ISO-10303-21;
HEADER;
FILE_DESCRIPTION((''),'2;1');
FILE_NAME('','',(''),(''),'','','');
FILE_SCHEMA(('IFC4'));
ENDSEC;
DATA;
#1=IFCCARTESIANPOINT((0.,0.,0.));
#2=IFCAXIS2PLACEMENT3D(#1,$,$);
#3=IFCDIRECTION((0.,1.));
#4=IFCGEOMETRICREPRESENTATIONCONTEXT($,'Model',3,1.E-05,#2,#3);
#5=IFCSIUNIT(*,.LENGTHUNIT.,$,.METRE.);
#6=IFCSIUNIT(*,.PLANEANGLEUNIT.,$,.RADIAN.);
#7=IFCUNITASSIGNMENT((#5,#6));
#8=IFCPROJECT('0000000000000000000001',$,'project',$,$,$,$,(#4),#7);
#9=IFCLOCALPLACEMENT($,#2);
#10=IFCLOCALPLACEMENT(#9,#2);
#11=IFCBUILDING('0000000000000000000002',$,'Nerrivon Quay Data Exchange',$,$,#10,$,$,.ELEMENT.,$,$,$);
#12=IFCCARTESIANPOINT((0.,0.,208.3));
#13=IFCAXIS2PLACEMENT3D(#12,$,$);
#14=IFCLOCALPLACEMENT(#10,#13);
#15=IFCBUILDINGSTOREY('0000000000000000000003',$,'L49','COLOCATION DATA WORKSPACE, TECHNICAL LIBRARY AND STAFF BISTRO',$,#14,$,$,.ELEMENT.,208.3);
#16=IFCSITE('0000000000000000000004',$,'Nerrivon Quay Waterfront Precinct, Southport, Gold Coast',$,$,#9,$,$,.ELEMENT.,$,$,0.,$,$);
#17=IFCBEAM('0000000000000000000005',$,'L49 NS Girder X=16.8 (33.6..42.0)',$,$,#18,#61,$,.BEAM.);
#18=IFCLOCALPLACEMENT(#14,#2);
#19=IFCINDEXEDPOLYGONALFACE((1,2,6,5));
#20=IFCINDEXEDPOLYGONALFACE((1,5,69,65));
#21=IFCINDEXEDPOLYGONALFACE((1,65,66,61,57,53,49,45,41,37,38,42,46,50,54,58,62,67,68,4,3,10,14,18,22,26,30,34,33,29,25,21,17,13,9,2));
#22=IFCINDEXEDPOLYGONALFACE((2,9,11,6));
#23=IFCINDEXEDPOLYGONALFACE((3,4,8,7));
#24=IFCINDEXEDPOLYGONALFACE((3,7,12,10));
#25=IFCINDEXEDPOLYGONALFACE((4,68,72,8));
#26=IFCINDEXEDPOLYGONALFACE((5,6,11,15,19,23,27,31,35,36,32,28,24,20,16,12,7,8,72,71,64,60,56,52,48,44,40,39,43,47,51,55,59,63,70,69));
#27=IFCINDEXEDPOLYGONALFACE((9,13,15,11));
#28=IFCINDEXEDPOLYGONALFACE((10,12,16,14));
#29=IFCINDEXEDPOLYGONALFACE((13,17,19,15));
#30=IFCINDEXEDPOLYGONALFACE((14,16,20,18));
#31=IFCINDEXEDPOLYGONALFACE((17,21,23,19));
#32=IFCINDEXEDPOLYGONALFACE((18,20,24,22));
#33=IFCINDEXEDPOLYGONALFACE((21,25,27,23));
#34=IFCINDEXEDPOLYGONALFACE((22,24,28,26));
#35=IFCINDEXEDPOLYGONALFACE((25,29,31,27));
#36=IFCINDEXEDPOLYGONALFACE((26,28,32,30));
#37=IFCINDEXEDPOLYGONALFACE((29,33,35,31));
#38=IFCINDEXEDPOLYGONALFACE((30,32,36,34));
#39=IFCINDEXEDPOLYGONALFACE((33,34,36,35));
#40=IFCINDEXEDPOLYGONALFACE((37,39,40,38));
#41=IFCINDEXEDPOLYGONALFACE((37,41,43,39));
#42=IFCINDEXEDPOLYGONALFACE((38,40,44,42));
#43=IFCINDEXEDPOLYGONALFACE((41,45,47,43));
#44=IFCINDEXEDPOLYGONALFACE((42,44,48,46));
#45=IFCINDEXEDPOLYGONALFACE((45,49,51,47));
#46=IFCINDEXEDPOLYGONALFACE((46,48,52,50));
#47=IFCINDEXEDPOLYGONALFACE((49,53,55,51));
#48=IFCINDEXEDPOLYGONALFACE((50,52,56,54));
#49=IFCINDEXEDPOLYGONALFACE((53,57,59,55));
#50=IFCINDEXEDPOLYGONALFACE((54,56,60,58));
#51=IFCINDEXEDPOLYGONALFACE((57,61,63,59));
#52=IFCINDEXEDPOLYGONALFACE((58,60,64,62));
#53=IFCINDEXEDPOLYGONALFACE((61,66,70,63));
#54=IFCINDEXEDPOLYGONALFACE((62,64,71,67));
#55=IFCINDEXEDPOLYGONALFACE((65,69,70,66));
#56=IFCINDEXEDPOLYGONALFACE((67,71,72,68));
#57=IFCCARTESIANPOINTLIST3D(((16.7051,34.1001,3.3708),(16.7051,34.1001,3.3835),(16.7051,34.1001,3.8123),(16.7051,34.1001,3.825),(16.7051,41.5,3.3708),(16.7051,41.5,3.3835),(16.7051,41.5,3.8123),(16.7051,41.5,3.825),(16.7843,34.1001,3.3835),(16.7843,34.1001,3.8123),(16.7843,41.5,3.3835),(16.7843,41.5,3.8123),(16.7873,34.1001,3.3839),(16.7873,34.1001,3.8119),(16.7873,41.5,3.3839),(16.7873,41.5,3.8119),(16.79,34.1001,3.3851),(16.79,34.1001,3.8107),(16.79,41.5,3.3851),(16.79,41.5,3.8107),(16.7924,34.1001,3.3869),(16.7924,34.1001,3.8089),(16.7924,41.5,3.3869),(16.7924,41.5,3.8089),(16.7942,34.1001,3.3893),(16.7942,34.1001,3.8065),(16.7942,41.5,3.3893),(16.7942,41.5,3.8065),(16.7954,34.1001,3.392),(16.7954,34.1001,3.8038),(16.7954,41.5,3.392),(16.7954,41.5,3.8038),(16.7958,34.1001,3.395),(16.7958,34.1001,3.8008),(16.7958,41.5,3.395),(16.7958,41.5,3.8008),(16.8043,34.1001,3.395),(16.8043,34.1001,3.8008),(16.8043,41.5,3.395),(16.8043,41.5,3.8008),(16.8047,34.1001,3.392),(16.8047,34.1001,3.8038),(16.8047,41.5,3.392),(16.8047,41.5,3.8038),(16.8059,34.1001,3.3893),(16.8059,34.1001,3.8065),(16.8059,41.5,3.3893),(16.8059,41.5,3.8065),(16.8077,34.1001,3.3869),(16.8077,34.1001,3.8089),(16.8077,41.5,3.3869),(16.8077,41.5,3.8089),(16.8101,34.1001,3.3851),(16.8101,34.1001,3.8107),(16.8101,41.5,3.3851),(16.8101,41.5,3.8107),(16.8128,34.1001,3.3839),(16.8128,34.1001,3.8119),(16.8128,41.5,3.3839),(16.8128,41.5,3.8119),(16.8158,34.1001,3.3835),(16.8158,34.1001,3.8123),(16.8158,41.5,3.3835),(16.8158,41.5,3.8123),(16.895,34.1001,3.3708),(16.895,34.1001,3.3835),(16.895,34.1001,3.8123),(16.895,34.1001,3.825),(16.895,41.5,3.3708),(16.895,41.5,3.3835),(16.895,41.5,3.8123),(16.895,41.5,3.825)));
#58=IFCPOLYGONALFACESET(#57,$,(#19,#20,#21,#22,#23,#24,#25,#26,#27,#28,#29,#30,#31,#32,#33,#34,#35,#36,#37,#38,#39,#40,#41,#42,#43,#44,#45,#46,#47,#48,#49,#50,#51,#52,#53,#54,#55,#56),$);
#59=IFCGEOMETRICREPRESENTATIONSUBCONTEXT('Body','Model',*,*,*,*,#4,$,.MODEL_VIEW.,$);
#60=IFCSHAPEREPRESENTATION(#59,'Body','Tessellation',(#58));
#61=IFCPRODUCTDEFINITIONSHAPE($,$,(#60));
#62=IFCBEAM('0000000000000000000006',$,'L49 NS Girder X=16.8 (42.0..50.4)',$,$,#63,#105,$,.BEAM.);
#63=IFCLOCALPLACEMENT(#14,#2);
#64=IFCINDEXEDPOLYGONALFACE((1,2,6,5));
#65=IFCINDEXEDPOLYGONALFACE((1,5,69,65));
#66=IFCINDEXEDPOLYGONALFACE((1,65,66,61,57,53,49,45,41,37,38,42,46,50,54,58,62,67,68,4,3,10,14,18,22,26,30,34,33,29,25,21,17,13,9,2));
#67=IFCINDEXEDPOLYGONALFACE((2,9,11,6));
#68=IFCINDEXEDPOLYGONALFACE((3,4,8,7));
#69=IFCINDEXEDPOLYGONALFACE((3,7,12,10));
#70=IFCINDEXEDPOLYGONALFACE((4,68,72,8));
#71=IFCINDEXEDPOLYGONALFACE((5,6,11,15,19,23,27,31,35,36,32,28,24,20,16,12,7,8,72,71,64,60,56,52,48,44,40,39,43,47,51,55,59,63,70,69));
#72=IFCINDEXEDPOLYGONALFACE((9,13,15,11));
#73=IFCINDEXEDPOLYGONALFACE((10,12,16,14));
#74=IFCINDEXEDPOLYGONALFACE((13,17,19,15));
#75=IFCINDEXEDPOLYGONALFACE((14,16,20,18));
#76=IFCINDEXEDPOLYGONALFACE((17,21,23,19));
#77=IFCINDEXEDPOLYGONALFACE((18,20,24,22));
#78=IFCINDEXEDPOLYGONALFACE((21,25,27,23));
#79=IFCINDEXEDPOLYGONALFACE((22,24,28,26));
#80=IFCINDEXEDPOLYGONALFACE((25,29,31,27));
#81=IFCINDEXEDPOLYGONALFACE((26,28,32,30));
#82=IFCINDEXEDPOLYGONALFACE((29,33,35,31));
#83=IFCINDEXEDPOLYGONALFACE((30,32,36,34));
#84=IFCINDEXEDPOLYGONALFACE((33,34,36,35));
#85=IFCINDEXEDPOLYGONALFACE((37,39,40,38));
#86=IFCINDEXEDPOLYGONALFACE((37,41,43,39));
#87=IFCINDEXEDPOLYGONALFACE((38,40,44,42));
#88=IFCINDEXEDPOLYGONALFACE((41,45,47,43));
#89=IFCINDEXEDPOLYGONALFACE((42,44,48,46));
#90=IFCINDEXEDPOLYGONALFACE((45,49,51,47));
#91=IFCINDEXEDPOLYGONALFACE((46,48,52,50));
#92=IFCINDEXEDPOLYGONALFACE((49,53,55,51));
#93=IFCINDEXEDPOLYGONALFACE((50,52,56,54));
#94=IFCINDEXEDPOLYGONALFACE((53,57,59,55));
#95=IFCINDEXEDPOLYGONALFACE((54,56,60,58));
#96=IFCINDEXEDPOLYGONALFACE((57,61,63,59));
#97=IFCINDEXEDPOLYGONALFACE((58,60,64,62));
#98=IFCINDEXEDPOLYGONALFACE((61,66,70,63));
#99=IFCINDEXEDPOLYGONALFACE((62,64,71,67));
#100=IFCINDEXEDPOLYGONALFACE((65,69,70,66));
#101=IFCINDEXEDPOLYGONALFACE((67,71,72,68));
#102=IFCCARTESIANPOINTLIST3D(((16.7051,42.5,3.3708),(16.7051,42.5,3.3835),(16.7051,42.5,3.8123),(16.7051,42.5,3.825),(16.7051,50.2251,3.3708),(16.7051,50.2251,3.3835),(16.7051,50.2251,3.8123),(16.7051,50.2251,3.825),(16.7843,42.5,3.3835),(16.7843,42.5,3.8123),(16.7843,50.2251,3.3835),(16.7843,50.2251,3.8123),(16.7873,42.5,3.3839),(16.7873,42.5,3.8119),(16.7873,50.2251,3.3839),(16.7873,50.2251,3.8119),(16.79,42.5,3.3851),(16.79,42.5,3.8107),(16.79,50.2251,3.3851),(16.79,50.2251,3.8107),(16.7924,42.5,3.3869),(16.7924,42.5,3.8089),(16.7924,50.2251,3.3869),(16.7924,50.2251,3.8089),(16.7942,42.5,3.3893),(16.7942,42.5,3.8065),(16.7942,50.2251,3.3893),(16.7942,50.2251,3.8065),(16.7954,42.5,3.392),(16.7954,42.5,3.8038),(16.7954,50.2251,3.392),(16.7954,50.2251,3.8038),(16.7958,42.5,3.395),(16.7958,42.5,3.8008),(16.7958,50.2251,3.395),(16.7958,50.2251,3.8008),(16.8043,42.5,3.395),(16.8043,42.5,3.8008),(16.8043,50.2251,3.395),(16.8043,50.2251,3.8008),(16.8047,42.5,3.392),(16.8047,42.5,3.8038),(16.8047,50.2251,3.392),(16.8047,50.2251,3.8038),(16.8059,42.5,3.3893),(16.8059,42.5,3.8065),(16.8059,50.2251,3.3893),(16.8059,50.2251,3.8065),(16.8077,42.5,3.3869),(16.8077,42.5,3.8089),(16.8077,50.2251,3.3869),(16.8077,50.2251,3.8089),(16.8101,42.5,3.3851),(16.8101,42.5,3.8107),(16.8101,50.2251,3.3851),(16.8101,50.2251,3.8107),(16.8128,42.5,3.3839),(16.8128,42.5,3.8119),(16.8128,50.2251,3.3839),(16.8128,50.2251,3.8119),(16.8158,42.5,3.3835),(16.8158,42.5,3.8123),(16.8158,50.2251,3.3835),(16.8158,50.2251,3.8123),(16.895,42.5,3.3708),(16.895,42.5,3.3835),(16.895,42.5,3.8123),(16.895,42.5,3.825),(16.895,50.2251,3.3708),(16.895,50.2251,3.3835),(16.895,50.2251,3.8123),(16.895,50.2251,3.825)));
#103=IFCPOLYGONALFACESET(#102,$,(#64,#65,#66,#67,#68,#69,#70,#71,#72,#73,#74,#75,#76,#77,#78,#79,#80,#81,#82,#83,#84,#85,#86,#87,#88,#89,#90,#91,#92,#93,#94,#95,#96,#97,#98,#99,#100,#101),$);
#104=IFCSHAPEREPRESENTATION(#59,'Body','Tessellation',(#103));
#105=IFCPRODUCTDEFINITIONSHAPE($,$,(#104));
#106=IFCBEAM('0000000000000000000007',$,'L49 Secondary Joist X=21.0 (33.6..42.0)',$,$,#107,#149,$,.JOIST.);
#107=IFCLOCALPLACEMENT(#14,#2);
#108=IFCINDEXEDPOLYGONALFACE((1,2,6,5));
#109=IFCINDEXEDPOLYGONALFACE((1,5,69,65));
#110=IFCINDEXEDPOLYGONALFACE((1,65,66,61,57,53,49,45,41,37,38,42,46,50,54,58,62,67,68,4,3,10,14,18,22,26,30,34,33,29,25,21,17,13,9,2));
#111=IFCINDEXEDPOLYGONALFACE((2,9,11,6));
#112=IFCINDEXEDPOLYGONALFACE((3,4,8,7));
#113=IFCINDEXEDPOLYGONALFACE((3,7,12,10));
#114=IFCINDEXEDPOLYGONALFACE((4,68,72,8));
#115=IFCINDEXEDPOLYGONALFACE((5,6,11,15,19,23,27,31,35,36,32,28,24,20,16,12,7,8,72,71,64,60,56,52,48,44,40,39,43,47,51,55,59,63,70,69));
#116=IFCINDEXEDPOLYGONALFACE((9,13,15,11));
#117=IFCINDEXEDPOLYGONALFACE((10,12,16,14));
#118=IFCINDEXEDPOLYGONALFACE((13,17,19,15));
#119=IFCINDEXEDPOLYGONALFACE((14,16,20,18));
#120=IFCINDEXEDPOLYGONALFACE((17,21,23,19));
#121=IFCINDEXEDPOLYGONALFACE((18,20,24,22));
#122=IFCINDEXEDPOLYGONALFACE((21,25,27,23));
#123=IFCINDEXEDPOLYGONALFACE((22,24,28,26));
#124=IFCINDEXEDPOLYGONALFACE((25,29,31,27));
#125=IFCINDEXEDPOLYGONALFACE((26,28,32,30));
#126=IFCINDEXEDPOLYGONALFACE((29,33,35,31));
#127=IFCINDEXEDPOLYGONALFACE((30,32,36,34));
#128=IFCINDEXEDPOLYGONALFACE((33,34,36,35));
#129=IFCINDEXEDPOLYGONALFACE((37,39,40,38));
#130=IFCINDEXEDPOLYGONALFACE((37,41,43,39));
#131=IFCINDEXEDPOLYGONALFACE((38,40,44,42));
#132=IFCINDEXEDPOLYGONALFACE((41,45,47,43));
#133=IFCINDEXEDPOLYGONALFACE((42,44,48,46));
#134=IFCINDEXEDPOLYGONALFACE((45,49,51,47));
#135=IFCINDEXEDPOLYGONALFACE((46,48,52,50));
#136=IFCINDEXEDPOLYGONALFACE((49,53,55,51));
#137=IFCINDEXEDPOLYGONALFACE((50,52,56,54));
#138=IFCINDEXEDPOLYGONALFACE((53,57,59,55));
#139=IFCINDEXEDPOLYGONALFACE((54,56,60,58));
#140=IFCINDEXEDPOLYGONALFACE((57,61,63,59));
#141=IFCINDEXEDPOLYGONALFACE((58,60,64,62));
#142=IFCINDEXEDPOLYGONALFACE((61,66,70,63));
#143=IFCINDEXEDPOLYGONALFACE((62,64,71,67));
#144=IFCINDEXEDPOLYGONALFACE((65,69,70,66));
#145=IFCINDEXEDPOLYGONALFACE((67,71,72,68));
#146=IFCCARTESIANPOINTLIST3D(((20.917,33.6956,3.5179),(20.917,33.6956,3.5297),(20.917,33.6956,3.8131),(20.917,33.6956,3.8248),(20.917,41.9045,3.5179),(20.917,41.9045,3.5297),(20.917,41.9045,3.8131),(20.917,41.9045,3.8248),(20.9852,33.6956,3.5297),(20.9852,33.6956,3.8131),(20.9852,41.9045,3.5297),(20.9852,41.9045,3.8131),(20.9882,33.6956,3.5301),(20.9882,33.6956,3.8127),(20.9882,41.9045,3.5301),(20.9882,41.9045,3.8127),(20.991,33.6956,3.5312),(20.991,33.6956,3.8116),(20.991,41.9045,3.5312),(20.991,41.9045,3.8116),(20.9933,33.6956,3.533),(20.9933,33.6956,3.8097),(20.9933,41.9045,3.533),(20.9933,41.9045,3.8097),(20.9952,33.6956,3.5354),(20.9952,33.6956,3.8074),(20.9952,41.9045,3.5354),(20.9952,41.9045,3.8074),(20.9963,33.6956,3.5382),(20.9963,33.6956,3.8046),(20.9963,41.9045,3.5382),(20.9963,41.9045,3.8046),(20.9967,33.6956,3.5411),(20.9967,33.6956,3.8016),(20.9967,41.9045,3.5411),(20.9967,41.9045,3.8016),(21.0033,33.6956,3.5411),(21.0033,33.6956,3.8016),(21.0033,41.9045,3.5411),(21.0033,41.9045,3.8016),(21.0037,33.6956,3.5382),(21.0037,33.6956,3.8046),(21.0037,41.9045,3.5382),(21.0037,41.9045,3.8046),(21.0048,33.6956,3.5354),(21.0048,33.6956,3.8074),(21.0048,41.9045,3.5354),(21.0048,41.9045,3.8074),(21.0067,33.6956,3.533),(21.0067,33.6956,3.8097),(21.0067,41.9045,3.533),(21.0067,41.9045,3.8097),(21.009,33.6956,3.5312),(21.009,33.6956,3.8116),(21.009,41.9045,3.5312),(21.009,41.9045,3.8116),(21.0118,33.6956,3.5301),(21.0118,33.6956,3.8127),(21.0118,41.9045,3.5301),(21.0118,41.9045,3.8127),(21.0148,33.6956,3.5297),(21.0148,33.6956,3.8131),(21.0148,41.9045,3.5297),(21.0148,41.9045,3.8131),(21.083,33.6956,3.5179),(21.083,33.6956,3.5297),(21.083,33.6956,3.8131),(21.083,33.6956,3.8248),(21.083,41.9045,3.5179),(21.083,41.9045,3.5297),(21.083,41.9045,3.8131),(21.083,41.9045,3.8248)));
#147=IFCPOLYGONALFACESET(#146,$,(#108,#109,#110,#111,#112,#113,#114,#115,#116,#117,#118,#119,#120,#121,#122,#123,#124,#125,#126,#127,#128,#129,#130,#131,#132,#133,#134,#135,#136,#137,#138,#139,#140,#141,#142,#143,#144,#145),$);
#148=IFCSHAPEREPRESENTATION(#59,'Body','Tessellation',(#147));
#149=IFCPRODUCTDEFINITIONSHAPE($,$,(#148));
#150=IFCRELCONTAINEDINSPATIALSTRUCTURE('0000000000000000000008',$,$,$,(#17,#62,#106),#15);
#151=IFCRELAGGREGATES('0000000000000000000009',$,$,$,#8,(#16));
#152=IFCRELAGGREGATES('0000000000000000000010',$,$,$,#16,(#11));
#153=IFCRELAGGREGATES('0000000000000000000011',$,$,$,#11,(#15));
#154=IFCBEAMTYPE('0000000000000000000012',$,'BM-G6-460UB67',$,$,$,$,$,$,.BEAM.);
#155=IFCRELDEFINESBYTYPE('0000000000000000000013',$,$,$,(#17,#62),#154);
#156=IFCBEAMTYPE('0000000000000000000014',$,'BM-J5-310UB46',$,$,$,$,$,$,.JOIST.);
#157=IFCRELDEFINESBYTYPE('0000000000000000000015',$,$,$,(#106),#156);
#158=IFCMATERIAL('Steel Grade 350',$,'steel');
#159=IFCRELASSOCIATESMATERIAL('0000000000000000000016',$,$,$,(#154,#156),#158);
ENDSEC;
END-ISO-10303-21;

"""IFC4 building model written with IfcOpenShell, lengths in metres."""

from ifc_helpers import new_model, si_unit, direction, frame, origin, origin_2d, place, context, subcontext, project, spatial, i_section, extrude, material, material_profile, profile_set, type_object, element, save


model = new_model("IFC4")

# Units and contexts
model_context = context("Model", 3, precision=1e-05, world=origin(), true_north=direction((0.0, 1.0)))
body_context = subcontext(model_context, "Body", "Model", "MODEL_VIEW")
ifc_project = project(units=[si_unit("LENGTHUNIT", "METRE"), si_unit("PLANEANGLEUNIT", "RADIAN")], contexts=[model_context])

# Site, building, storey
site_placement = place(None, origin())
site = spatial("IfcSite", under=ifc_project, at=site_placement, Name="Nerrivon Quay Waterfront Precinct, Southport, Gold Coast", CompositionType="ELEMENT", RefElevation=0.0)
building_placement = place(site_placement, origin())
building = spatial("IfcBuilding", under=site, at=building_placement, Name="Nerrivon Quay Data Exchange", CompositionType="ELEMENT")
storey_placement = place(building_placement, frame((0.0, 0.0, 208.3)))
storey = spatial("IfcBuildingStorey", under=building, at=storey_placement, Name="L49", Description="COLOCATION DATA WORKSPACE, TECHNICAL LIBRARY AND STAFF BISTRO", CompositionType="ELEMENT", Elevation=208.3)

# Shared definitions
ifc_material_1 = material(Name="Steel Grade 350", Category="steel")

# Beams
ifc_material_profile_1 = material_profile(ifc_material_1, i_section(OverallWidth=0.1899, OverallDepth=0.4541, WebThickness=0.0085, FlangeThickness=0.0127, FilletRadius=0.0115, at=origin_2d()), Name="460UB67.1")
ifc_profile_set_1 = profile_set([ifc_material_profile_1], Name="Steel Grade 350")
beam_type_1 = type_object("IfcBeamType", Name="BM-G6-460UB67", PredefinedType="BEAM", material=ifc_profile_set_1)
beam_1_placement = place(storey_placement, frame((16.8, 34.1001, 3.5979), z_axis=(0.0, 1.0, 0.0), x_axis=(-1.0, 0.0, 0.0)))
element("IfcBeam", 1, at=beam_1_placement, inside=storey, type_object=beam_type_1, Name="L49 NS Girder X=16.8 (33.6..42.0)", PredefinedType="BEAM", context=body_context, shape_type="SweptSolid", body=[
    extrude(i_section(OverallWidth=0.1899, OverallDepth=0.4541, WebThickness=0.0085, FlangeThickness=0.0127, FilletRadius=0.0115, at=origin_2d()), origin(), (0.0, 0.0, 1.0), 7.3999),
])
beam_2_placement = place(storey_placement, frame((16.8, 42.5, 3.5979), z_axis=(0.0, 1.0, 0.0), x_axis=(-1.0, 0.0, 0.0)))
element("IfcBeam", 2, at=beam_2_placement, inside=storey, type_object=beam_type_1, Name="L49 NS Girder X=16.8 (42.0..50.4)", PredefinedType="BEAM", context=body_context, shape_type="SweptSolid", body=[
    extrude(i_section(OverallWidth=0.1899, OverallDepth=0.4541, WebThickness=0.0085, FlangeThickness=0.0127, FilletRadius=0.0115, at=origin_2d()), origin(), (0.0, 0.0, 1.0), 7.7251),
])
ifc_material_profile_2 = material_profile(ifc_material_1, i_section(OverallWidth=0.166, OverallDepth=0.3069, WebThickness=0.0066, FlangeThickness=0.0117, FilletRadius=0.0115, at=origin_2d()), Name="310UB46.2")
ifc_profile_set_2 = profile_set([ifc_material_profile_2], Name="Steel Grade 350")
beam_type_2 = type_object("IfcBeamType", Name="BM-J5-310UB46", PredefinedType="JOIST", material=ifc_profile_set_2)
beam_3_placement = place(storey_placement, frame((21.0, 33.6956, 3.6714), z_axis=(0.0, 1.0, 0.0), x_axis=(-1.0, 0.0, 0.0)))
element("IfcBeam", 3, at=beam_3_placement, inside=storey, type_object=beam_type_2, Name="L49 Secondary Joist X=21.0 (33.6..42.0)", PredefinedType="JOIST", context=body_context, shape_type="SweptSolid", body=[
    extrude(i_section(OverallWidth=0.166, OverallDepth=0.3069, WebThickness=0.0066, FlangeThickness=0.0117, FilletRadius=0.0115, at=origin_2d()), origin(), (0.0, 0.0, 1.0), 8.209),
])

save(model, "model.ifc")
